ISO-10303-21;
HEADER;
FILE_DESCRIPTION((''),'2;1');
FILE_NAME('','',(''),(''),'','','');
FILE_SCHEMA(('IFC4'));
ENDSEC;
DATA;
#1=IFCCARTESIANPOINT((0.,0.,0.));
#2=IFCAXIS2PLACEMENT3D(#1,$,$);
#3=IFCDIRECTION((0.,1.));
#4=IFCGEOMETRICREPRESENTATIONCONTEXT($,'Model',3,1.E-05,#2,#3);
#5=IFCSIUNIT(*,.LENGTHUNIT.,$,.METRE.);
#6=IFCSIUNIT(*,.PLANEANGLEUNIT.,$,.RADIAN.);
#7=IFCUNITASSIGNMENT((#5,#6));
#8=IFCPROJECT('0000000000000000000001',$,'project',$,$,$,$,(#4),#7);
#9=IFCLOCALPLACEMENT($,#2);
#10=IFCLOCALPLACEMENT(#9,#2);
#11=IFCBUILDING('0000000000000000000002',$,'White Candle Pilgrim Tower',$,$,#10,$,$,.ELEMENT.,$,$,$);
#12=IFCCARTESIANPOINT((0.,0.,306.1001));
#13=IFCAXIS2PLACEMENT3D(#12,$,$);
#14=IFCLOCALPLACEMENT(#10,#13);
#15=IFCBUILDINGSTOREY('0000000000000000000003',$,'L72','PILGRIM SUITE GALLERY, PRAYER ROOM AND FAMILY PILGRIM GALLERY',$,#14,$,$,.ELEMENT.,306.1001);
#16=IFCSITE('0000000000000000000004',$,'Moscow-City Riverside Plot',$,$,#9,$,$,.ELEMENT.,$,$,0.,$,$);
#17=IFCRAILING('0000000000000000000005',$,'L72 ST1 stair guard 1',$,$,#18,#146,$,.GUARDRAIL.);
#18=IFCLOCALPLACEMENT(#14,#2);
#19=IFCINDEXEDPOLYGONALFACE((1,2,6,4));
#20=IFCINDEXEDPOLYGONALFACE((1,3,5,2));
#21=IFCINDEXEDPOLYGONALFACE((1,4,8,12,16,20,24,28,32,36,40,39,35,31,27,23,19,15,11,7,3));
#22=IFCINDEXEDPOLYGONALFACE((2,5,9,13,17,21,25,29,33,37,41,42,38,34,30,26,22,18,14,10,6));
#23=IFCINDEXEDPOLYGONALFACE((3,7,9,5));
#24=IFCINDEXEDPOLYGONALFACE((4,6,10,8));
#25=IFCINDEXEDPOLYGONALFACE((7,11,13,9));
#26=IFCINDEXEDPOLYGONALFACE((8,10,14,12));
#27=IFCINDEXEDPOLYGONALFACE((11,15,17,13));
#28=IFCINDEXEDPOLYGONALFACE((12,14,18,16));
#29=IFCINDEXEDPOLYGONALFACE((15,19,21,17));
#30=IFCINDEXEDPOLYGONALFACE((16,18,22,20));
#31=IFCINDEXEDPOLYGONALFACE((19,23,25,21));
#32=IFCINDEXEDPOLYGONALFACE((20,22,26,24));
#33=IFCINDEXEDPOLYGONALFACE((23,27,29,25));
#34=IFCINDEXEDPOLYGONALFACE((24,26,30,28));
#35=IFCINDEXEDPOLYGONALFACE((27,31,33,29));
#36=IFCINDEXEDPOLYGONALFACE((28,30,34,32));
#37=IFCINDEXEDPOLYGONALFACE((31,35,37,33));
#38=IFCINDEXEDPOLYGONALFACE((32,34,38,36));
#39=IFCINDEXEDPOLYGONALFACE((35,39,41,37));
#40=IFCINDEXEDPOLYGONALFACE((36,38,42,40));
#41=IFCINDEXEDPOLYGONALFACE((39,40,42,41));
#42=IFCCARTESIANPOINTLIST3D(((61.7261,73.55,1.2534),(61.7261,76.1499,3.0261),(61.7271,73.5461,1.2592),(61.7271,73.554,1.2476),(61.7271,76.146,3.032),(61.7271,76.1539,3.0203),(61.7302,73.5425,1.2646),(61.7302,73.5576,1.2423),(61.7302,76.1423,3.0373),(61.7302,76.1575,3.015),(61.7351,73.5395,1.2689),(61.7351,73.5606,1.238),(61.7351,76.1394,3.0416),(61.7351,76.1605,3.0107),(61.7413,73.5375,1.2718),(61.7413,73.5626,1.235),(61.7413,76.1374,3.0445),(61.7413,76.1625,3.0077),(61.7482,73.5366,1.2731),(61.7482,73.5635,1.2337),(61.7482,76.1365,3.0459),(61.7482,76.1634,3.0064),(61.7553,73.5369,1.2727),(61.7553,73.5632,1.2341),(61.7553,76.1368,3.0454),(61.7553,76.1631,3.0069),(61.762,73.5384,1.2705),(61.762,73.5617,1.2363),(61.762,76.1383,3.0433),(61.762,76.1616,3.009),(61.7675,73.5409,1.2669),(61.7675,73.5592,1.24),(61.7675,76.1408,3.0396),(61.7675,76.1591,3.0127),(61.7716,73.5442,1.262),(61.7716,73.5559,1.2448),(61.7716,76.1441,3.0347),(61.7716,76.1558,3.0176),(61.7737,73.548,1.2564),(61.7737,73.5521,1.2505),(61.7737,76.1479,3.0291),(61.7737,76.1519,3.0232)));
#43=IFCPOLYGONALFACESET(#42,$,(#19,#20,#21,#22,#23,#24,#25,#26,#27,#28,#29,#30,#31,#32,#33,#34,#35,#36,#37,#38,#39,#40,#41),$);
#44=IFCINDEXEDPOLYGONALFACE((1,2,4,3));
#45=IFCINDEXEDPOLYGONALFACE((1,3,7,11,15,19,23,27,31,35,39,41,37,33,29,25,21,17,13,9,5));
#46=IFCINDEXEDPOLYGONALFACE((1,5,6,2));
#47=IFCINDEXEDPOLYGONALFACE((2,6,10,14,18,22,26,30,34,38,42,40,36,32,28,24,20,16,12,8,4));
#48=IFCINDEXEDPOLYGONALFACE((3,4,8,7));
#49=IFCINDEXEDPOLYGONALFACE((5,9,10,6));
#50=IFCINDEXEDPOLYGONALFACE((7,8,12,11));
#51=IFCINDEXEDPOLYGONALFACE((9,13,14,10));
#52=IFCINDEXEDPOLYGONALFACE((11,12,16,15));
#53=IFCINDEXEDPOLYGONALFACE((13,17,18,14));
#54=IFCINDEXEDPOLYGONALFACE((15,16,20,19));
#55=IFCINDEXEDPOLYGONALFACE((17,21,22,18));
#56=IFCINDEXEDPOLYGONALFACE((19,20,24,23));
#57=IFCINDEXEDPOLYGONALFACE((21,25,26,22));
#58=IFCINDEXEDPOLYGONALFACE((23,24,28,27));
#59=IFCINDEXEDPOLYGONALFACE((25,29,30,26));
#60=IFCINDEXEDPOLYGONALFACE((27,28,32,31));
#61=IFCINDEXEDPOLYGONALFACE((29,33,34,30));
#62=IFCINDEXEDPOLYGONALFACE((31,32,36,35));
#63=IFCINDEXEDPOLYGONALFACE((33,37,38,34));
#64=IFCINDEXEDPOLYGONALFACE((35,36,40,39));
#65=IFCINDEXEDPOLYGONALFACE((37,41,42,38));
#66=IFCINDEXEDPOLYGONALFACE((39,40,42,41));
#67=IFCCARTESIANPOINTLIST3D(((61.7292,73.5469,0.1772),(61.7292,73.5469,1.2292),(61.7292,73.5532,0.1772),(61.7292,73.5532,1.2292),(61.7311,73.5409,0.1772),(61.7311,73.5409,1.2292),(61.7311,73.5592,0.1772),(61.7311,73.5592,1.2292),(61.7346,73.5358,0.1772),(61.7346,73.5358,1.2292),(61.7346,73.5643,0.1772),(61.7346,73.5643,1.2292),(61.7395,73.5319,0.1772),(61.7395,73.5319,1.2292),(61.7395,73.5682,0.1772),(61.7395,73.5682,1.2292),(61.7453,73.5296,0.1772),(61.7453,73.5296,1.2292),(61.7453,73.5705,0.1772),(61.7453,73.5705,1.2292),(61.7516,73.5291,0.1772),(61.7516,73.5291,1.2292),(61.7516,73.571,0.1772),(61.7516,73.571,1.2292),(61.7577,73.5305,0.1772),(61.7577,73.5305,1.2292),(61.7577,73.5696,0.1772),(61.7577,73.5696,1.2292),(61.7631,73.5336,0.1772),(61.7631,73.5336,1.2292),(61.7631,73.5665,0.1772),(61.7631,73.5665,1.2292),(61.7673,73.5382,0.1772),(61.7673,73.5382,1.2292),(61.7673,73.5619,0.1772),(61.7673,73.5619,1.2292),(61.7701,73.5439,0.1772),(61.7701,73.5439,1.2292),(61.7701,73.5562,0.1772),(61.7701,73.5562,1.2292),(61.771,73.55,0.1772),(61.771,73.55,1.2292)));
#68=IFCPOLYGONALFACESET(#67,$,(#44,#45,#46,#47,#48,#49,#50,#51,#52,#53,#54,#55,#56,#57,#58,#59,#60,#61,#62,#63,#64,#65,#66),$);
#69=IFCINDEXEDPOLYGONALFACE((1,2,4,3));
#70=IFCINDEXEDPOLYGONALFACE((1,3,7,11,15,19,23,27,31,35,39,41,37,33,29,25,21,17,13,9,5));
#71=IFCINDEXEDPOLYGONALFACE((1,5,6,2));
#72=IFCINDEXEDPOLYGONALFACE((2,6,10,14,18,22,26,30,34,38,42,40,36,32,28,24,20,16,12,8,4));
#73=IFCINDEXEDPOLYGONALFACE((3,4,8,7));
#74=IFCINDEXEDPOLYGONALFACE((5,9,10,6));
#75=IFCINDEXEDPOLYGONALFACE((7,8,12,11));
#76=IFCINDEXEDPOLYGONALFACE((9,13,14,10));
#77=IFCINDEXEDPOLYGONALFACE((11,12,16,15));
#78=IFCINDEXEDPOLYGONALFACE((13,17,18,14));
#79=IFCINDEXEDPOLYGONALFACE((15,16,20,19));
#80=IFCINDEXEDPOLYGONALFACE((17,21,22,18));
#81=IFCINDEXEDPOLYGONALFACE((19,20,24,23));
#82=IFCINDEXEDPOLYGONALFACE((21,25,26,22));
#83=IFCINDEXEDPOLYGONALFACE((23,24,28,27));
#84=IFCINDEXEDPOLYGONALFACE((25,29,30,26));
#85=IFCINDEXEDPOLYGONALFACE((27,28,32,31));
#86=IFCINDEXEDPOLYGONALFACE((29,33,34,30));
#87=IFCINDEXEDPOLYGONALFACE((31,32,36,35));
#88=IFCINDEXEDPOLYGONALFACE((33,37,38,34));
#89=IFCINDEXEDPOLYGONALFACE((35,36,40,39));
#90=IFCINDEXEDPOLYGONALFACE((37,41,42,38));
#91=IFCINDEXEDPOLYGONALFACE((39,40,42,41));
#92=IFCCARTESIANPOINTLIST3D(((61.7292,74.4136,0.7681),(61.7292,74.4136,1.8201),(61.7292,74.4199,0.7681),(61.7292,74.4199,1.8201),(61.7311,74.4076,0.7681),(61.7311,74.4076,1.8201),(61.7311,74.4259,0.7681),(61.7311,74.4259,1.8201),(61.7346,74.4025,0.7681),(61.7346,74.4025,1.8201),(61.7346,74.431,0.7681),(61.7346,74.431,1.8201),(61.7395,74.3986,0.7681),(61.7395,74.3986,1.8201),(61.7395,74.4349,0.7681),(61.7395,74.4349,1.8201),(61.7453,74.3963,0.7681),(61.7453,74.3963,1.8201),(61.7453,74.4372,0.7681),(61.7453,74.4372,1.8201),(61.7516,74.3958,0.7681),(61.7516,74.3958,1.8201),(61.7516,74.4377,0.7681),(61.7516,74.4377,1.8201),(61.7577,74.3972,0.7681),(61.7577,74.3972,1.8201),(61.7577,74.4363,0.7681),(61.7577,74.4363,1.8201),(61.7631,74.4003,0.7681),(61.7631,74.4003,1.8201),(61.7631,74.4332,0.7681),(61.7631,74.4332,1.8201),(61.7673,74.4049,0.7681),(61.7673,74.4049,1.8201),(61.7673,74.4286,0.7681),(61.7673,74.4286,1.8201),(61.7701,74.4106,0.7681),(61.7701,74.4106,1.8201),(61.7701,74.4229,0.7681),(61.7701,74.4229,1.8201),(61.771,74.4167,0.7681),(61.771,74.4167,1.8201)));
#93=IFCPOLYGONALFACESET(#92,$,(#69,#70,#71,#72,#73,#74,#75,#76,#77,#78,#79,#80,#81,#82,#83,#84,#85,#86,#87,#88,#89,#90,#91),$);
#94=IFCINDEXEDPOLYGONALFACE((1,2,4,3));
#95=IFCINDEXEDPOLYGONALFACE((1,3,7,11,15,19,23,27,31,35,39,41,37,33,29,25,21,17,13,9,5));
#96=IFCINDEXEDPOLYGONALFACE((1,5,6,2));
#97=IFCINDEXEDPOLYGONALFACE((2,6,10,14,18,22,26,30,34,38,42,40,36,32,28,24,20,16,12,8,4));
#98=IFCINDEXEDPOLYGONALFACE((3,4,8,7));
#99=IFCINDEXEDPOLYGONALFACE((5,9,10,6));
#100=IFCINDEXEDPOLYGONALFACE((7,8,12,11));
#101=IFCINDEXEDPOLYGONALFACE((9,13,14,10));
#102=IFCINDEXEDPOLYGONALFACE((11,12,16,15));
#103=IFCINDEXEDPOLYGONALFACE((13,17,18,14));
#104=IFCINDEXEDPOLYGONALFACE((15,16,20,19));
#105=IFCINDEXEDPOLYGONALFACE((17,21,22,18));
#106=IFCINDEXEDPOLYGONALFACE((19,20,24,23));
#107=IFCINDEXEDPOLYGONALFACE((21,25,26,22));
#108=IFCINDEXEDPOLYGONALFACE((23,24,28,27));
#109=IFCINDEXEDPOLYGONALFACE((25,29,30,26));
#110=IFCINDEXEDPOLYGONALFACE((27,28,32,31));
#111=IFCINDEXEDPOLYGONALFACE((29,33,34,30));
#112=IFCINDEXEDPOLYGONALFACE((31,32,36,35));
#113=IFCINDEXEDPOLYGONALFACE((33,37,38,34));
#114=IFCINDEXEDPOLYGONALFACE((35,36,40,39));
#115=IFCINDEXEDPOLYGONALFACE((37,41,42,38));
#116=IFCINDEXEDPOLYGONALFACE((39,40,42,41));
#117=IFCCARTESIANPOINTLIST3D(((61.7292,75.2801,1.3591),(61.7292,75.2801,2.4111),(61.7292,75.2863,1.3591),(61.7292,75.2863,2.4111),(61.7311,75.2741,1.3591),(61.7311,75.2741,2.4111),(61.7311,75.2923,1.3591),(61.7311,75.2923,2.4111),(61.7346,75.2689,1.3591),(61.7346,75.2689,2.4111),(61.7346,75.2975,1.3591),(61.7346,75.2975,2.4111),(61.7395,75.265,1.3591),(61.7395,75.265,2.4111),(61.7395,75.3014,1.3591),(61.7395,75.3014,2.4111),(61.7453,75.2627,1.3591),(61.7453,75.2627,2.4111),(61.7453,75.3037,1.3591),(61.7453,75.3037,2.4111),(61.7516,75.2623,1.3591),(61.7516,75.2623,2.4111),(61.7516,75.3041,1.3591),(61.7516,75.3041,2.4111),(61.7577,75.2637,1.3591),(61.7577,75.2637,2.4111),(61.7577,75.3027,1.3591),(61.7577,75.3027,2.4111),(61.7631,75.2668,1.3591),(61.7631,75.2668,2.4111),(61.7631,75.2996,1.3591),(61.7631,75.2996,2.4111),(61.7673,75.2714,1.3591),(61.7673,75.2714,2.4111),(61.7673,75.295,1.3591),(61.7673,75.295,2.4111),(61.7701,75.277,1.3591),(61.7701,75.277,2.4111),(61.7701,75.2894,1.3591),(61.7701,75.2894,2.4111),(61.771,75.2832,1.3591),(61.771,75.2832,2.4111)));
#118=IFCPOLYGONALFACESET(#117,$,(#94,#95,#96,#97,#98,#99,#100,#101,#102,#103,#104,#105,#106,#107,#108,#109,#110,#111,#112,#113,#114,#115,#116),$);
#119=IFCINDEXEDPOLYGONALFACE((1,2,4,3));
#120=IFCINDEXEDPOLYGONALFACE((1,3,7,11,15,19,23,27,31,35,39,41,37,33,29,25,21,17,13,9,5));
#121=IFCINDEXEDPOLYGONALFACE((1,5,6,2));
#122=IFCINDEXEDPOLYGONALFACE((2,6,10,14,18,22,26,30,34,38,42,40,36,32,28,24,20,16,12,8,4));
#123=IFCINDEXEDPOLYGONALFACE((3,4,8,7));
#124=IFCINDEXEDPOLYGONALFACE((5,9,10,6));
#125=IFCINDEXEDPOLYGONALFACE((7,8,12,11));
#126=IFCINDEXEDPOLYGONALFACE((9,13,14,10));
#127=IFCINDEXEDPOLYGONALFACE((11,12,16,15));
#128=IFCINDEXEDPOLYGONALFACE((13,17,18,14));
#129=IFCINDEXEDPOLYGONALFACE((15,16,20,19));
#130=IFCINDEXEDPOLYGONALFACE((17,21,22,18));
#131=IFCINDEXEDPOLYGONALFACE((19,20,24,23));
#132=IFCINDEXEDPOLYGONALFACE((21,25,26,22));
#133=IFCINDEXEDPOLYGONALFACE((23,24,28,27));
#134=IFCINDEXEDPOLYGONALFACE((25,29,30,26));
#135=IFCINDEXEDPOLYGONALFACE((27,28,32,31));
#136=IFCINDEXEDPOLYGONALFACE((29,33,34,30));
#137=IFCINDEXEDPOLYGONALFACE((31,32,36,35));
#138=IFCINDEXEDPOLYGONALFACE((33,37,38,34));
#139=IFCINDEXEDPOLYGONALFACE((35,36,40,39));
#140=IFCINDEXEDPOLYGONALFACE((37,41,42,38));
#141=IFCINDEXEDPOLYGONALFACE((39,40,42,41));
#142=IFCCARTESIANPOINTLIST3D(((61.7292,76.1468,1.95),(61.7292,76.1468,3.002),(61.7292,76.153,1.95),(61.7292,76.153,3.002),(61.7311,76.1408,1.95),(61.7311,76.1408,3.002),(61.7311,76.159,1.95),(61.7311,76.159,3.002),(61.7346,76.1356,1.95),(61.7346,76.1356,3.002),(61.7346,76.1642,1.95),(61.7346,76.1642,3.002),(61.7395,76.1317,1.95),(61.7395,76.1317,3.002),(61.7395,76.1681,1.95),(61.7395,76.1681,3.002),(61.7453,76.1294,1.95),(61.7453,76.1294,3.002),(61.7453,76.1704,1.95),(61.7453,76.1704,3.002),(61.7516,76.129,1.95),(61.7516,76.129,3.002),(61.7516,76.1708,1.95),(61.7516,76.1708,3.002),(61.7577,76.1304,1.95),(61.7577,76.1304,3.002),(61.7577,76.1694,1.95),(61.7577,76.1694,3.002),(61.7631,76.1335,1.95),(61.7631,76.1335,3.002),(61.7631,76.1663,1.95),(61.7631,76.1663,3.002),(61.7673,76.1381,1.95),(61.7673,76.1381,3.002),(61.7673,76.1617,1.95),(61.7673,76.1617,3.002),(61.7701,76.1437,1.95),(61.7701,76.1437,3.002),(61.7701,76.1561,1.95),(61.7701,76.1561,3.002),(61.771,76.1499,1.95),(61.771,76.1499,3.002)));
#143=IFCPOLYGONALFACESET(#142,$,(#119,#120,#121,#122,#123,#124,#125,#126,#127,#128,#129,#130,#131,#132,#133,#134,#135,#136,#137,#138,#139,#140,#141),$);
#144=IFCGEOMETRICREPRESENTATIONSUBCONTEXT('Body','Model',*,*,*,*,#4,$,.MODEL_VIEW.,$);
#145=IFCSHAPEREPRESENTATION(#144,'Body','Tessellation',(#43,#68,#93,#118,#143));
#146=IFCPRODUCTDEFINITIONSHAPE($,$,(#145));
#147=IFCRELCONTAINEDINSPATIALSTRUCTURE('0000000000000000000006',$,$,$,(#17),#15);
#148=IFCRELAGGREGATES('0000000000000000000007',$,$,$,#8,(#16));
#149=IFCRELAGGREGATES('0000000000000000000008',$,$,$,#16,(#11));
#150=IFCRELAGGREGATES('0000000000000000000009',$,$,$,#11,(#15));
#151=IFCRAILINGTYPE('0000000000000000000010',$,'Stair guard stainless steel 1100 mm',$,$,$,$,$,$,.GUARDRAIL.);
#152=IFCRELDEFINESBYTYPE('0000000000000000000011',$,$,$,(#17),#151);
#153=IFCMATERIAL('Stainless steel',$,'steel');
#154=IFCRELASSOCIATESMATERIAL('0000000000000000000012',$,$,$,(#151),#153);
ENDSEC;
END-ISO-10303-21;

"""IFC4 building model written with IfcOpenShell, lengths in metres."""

from ifc_helpers import new_model, si_unit, direction, frame, origin, origin_2d, place, context, subcontext, project, spatial, circle, extrude, material, type_object, element, save


model = new_model("IFC4")

# Units and contexts
model_context = context("Model", 3, precision=1e-05, world=origin(), true_north=direction((0.0, 1.0)))
body_context = subcontext(model_context, "Body", "Model", "MODEL_VIEW")
ifc_project = project(units=[si_unit("LENGTHUNIT", "METRE"), si_unit("PLANEANGLEUNIT", "RADIAN")], contexts=[model_context])

# Site, building, storey
site_placement = place(None, origin())
site = spatial("IfcSite", under=ifc_project, at=site_placement, Name="Moscow-City Riverside Plot", CompositionType="ELEMENT", RefElevation=0.0)
building_placement = place(site_placement, origin())
building = spatial("IfcBuilding", under=site, at=building_placement, Name="White Candle Pilgrim Tower", CompositionType="ELEMENT")
storey_placement = place(building_placement, frame((0.0, 0.0, 306.1001)))
storey = spatial("IfcBuildingStorey", under=building, at=storey_placement, Name="L72", Description="PILGRIM SUITE GALLERY, PRAYER ROOM AND FAMILY PILGRIM GALLERY", CompositionType="ELEMENT", Elevation=306.1001)

# Railing
ifc_material_1 = material(Name="Stainless steel", Category="steel")
railing_type_1 = type_object("IfcRailingType", Name="Stair guard stainless steel 1100 mm", PredefinedType="GUARDRAIL", material=ifc_material_1)
railing_1_placement = place(storey_placement, frame((61.75, 73.55, 0.1772)))
element("IfcRailing", 1, at=railing_1_placement, inside=storey, type_object=railing_type_1, Name="L72 ST1 stair guard 1", PredefinedType="GUARDRAIL", context=body_context, shape_type="SweptSolid", body=[
    extrude(circle(Radius=0.0239, at=origin_2d()), frame((0.0, 0.0, 1.0762), z_axis=(0.0, 0.826216, 0.563354), x_axis=(-1.0, 0.0, 0.0)), (0.0, 0.0, 1.0), 3.1467),
    extrude(circle(Radius=0.021, at=origin_2d()), origin(), (0.0, 0.0, 1.0), 1.052),
    extrude(circle(Radius=0.021, at=origin_2d()), frame((0.0, 0.8667, 0.5908)), (0.0, 0.0, 1.0), 1.052),
    extrude(circle(Radius=0.021, at=origin_2d()), frame((0.0, 1.7332, 1.1819)), (0.0, 0.0, 1.0), 1.052),
    extrude(circle(Radius=0.021, at=origin_2d()), frame((0.0, 2.5999, 1.7727)), (0.0, 0.0, 1.0), 1.052),
])

save(model, "model.ifc")
